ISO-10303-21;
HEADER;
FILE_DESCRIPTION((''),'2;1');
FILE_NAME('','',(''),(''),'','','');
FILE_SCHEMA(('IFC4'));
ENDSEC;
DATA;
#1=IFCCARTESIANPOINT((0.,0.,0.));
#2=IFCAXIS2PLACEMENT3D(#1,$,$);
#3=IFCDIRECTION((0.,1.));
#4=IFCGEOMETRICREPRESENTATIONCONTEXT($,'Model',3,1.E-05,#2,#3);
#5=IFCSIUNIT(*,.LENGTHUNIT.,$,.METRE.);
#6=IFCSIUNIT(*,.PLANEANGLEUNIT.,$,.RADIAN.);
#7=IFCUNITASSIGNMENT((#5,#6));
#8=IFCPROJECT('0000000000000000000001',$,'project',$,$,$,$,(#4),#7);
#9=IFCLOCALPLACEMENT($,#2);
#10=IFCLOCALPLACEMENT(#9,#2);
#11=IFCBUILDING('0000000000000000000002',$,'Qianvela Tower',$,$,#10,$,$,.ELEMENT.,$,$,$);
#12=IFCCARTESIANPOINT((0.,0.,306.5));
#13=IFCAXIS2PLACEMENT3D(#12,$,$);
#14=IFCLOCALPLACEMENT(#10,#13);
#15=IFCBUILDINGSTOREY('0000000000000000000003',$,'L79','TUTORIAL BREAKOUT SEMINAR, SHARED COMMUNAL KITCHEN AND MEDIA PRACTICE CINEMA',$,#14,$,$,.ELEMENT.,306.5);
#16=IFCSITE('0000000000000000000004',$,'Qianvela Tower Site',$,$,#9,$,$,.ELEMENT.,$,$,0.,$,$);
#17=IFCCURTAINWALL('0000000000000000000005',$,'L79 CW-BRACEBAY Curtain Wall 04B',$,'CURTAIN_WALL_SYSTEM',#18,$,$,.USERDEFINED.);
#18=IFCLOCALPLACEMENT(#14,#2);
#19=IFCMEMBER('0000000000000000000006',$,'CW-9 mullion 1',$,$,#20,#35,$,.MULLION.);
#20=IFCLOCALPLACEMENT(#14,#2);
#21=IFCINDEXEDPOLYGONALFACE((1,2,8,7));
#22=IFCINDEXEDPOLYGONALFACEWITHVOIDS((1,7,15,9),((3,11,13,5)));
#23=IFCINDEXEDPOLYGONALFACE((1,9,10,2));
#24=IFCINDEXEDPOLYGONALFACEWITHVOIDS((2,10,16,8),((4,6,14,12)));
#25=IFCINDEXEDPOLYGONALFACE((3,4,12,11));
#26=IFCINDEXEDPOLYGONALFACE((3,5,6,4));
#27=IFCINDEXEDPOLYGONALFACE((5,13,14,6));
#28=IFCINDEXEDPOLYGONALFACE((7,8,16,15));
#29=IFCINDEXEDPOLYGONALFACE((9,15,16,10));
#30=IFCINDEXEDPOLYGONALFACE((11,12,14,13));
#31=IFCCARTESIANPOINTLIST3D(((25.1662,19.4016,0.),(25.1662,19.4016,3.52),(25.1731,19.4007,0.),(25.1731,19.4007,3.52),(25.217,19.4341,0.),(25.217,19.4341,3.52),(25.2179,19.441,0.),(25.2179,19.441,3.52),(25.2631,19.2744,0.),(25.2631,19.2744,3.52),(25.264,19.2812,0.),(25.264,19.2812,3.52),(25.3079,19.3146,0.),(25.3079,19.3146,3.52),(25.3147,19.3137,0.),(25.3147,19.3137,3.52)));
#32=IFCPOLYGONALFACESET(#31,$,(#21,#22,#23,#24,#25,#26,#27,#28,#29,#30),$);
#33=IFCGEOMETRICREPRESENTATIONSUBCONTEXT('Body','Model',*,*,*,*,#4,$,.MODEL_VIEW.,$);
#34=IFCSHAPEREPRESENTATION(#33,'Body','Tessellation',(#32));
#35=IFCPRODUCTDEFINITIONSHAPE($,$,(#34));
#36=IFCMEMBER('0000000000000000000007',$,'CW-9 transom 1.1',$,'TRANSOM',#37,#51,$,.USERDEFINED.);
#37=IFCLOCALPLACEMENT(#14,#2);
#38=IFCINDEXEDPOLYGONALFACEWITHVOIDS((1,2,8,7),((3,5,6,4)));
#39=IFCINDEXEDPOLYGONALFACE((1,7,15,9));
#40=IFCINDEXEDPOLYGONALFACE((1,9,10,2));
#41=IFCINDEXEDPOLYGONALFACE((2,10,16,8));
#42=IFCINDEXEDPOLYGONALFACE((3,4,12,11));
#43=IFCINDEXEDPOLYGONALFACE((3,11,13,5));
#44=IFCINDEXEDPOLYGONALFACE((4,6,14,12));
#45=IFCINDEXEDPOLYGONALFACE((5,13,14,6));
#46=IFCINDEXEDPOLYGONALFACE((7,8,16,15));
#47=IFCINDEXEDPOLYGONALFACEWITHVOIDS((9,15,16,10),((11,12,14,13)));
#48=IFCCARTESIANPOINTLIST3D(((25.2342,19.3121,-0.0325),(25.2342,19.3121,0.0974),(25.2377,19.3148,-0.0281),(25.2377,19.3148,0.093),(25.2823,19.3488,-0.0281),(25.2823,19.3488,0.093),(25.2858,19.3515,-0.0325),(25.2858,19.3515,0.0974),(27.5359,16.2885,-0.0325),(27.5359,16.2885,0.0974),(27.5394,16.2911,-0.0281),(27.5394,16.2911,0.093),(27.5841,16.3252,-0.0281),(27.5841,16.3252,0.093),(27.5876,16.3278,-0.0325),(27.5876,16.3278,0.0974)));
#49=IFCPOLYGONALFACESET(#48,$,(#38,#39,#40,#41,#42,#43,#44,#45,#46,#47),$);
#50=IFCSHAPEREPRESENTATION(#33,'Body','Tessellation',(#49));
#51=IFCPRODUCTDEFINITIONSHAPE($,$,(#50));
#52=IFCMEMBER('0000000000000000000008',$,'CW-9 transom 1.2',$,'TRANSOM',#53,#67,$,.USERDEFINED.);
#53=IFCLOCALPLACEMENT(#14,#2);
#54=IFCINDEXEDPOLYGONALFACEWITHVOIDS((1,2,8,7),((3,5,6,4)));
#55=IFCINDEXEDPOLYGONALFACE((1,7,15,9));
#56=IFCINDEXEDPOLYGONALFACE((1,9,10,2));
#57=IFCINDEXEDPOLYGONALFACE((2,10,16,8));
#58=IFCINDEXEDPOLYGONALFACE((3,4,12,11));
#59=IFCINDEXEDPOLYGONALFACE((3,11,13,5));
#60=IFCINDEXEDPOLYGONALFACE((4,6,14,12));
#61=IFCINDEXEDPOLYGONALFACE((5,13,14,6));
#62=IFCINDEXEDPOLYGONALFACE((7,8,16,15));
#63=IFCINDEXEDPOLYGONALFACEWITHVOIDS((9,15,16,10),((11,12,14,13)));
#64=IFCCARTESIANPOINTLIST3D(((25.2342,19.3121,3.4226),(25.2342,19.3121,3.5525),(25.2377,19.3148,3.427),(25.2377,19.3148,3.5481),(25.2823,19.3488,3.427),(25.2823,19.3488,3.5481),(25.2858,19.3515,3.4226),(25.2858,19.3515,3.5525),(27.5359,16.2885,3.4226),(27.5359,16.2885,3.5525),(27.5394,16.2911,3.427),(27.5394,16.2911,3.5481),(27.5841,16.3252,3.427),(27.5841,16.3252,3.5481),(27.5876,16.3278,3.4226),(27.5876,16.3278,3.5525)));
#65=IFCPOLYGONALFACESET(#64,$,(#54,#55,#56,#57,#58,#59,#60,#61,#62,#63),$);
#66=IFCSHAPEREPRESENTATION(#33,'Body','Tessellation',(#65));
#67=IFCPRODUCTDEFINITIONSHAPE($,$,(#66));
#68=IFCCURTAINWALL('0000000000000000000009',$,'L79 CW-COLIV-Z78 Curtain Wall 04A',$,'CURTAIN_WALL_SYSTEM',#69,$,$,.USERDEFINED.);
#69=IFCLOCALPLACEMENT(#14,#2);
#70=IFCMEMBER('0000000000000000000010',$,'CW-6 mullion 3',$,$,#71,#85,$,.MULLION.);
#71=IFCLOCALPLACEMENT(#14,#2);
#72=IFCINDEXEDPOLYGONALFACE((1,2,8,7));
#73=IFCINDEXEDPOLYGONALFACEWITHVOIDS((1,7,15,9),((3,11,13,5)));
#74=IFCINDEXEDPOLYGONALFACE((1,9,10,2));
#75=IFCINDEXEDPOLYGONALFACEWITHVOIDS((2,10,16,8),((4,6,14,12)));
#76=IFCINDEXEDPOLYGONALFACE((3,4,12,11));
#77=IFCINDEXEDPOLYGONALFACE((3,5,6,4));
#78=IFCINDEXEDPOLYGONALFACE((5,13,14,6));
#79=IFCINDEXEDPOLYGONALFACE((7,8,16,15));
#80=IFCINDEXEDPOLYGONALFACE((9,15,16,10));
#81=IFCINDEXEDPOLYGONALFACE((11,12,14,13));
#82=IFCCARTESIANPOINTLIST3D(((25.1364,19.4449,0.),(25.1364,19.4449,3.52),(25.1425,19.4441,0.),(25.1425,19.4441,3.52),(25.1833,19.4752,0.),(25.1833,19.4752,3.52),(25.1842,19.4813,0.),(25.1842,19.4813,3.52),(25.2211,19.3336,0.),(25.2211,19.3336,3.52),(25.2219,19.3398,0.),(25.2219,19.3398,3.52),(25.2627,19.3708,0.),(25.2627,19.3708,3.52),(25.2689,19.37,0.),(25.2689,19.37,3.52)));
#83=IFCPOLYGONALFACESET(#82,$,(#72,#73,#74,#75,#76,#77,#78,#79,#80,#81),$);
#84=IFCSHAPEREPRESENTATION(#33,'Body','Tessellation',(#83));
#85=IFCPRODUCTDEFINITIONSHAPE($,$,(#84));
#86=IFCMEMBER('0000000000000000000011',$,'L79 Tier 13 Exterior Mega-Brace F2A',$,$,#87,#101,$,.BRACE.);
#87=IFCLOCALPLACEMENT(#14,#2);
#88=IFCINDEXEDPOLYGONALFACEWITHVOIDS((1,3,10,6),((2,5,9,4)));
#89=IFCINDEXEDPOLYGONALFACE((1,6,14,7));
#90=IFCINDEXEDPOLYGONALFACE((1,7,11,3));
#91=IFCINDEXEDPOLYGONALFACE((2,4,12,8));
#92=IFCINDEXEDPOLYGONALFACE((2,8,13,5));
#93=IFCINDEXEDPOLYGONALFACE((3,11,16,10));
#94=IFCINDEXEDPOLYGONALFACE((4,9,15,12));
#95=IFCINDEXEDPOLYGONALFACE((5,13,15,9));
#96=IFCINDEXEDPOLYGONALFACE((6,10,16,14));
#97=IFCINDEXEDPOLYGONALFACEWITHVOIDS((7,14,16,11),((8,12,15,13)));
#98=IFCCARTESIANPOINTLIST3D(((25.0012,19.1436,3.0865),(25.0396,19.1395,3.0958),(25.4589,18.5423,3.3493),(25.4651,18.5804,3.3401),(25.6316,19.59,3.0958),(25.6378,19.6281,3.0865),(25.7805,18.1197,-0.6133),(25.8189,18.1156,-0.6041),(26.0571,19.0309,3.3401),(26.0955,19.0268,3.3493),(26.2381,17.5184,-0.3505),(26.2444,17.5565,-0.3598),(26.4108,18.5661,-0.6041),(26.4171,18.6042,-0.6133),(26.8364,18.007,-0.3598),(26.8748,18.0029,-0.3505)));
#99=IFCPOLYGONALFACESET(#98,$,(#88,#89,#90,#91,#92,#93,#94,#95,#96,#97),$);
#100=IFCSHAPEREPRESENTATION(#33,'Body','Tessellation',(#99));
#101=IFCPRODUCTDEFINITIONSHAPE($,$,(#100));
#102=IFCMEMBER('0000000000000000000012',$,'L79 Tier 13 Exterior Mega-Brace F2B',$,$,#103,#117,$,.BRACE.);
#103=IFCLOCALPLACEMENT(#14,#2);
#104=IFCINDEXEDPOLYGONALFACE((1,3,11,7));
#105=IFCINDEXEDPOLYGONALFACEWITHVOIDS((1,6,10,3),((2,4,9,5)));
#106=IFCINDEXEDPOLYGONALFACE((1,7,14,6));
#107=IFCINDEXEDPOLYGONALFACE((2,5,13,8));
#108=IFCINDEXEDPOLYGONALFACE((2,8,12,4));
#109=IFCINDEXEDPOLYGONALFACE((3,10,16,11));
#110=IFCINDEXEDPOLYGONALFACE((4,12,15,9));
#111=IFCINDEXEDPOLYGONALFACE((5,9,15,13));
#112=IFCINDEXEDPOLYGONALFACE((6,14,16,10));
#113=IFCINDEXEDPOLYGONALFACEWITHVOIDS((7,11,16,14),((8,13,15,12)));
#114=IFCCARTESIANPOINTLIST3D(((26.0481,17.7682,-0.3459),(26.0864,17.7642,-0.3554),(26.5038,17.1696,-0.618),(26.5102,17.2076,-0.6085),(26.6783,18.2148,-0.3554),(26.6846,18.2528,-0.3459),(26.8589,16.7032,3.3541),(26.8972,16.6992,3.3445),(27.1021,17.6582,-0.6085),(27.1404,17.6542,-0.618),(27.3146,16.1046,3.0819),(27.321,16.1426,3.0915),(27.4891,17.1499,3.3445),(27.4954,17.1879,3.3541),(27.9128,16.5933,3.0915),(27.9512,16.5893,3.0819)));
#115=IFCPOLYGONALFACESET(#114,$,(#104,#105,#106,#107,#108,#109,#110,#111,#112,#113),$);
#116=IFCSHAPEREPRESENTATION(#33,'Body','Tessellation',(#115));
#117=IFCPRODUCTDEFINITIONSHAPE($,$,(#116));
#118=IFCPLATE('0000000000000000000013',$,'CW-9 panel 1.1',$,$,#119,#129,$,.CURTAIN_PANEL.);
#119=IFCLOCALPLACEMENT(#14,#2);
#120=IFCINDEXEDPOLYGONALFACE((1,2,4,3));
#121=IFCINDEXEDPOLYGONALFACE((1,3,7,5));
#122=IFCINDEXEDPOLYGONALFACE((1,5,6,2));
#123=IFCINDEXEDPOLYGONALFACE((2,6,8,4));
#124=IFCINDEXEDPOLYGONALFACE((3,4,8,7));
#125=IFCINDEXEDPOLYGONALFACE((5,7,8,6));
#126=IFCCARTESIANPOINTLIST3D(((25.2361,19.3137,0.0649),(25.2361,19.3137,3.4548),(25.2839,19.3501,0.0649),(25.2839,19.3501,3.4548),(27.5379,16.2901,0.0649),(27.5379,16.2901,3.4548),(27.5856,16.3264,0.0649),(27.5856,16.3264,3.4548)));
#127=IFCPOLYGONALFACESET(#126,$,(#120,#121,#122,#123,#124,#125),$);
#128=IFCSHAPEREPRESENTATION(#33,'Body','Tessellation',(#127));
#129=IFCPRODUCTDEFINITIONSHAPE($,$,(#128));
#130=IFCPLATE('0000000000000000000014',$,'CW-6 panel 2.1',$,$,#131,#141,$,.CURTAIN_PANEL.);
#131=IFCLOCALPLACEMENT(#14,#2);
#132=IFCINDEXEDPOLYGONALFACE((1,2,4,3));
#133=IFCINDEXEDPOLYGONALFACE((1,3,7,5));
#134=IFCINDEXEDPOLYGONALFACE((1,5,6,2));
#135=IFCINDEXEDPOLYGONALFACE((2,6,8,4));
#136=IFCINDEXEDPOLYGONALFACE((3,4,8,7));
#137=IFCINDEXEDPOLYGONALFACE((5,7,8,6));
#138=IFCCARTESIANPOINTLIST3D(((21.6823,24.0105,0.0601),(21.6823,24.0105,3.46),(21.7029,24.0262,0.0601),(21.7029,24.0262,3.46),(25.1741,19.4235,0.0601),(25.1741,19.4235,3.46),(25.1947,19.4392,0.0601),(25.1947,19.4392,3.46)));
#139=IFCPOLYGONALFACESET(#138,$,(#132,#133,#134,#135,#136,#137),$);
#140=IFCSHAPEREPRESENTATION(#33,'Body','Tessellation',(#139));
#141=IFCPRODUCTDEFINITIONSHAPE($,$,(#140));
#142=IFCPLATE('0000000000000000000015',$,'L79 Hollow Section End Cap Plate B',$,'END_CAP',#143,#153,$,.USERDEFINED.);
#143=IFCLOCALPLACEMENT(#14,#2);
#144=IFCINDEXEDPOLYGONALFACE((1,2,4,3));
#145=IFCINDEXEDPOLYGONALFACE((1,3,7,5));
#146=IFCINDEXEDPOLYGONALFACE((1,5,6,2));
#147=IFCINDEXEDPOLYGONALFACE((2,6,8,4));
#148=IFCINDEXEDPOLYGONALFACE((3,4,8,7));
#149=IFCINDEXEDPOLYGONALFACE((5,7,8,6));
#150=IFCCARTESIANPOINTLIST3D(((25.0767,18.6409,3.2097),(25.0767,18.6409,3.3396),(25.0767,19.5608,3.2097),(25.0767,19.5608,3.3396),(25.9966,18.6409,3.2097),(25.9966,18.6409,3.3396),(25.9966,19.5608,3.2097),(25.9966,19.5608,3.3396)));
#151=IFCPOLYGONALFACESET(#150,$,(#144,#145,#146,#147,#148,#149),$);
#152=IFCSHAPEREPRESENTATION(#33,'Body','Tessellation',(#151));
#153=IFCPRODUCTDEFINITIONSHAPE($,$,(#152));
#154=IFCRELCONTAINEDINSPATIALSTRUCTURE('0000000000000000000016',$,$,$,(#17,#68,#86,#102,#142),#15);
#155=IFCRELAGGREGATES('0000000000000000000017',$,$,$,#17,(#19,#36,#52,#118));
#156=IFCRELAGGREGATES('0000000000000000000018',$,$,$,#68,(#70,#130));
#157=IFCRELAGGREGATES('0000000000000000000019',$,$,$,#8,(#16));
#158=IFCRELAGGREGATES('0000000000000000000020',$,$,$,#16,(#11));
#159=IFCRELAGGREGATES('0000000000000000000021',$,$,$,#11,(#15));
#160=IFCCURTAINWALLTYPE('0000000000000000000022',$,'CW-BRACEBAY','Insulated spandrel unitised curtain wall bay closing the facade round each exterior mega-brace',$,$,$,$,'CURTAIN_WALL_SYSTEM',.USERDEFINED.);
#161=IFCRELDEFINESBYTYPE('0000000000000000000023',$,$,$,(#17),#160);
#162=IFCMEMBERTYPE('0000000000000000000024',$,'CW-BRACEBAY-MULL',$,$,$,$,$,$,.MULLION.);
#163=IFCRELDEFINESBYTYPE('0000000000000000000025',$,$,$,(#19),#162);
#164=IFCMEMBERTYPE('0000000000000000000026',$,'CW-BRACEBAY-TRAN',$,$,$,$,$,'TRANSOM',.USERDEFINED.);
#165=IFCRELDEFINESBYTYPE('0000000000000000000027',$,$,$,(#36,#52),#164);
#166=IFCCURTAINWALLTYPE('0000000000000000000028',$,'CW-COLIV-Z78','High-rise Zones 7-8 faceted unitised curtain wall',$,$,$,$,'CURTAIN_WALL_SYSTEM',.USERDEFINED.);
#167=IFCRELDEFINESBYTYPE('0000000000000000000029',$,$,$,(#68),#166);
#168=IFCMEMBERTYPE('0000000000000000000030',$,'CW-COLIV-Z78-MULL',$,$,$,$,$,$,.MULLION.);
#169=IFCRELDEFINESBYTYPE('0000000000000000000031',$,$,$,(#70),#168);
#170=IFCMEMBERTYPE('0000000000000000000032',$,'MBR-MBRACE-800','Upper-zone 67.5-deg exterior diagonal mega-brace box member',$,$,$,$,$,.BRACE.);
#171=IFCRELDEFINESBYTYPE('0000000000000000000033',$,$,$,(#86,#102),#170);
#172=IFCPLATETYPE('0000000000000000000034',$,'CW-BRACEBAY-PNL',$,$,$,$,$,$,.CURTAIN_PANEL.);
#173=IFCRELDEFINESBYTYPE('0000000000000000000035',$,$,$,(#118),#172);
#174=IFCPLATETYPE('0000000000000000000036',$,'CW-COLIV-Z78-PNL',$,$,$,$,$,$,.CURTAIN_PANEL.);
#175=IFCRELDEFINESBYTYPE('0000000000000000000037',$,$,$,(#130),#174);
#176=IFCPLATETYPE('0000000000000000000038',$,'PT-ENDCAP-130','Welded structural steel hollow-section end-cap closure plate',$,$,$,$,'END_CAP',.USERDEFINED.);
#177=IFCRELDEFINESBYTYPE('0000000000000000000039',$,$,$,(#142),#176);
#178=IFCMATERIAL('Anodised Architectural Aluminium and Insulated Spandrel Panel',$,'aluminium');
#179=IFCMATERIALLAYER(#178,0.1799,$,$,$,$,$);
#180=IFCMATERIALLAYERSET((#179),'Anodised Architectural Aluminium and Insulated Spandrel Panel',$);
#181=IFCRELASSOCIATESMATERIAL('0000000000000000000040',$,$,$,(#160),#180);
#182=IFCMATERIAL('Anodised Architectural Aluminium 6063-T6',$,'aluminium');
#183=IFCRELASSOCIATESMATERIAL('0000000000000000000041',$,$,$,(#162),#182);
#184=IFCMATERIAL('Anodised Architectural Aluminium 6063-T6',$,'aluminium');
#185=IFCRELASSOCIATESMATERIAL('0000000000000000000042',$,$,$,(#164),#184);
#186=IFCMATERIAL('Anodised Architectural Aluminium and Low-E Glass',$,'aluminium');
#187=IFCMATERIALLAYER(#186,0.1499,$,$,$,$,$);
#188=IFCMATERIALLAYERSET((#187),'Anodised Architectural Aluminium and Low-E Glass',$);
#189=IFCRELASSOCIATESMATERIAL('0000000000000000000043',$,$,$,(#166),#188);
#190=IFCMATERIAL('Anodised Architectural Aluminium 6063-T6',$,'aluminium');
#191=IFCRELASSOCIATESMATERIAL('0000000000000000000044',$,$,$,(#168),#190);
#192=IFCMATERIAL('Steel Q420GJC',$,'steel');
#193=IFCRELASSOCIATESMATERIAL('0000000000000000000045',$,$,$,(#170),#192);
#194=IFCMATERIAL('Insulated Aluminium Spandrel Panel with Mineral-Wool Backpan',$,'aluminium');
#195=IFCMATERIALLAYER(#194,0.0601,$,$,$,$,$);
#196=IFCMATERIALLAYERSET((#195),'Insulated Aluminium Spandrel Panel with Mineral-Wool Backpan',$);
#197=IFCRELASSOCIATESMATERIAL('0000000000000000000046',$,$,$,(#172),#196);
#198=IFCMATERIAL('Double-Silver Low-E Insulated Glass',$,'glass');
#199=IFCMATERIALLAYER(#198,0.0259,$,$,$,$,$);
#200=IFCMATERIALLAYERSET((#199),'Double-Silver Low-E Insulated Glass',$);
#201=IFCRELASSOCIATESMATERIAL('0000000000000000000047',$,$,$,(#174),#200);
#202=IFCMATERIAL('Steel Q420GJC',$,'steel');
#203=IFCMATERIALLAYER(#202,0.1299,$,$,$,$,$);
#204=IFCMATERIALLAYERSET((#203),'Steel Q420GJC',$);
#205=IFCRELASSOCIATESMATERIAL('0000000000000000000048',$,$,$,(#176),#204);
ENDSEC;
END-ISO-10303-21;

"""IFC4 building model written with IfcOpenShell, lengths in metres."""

from ifc_helpers import new_model, si_unit, direction, frame, origin, origin_2d, place, context, subcontext, project, spatial, rectangle, hollow_rectangle, extrude, material, layer, layer_set, material_profile, profile_set, type_object, element, aggregate, save


model = new_model("IFC4")

# Units and contexts
model_context = context("Model", 3, precision=1e-05, world=origin(), true_north=direction((0.0, 1.0)))
body_context = subcontext(model_context, "Body", "Model", "MODEL_VIEW")
ifc_project = project(units=[si_unit("LENGTHUNIT", "METRE"), si_unit("PLANEANGLEUNIT", "RADIAN")], contexts=[model_context])

# Site, building, storey
site_placement = place(None, origin())
site = spatial("IfcSite", under=ifc_project, at=site_placement, Name="Qianvela Tower Site", CompositionType="ELEMENT", RefElevation=0.0)
building_placement = place(site_placement, origin())
building = spatial("IfcBuilding", under=site, at=building_placement, Name="Qianvela Tower", CompositionType="ELEMENT")
storey_placement = place(building_placement, frame((0.0, 0.0, 306.5)))
storey = spatial("IfcBuildingStorey", under=building, at=storey_placement, Name="L79", Description="TUTORIAL BREAKOUT SEMINAR, SHARED COMMUNAL KITCHEN AND MEDIA PRACTICE CINEMA", CompositionType="ELEMENT", Elevation=306.5)

# Curtain wall, members
ifc_material_1 = material(Name="Anodised Architectural Aluminium and Insulated Spandrel Panel", Category="aluminium")
ifc_layer_1 = layer(ifc_material_1, 0.1799)
ifc_layer_set_1 = layer_set([ifc_layer_1], Name="Anodised Architectural Aluminium and Insulated Spandrel Panel")
curtain_wall_type_1 = type_object("IfcCurtainWallType", Name="CW-BRACEBAY", Description="Insulated spandrel unitised curtain wall bay closing the facade round each exterior mega-brace", ElementType="CURTAIN_WALL_SYSTEM", PredefinedType="USERDEFINED", material=ifc_layer_set_1)
curtain_wall_1_placement = place(storey_placement, origin())
curtain_wall_1 = element("IfcCurtainWall", 1, at=curtain_wall_1_placement, inside=storey, type_object=curtain_wall_type_1, Name="L79 CW-BRACEBAY Curtain Wall 04B", ObjectType="CURTAIN_WALL_SYSTEM", PredefinedType="USERDEFINED")
ifc_material_2 = material(Name="Anodised Architectural Aluminium 6063-T6", Category="aluminium")
ifc_material_profile_1 = material_profile(ifc_material_2, hollow_rectangle(XDim=0.0649, YDim=0.1599, WallThickness=0.0049, at=origin_2d()), Name="ALU-MULL-65x160")
ifc_profile_set_1 = profile_set([ifc_material_profile_1], Name="Anodised Architectural Aluminium 6063-T6")
member_type_1 = type_object("IfcMemberType", Name="CW-BRACEBAY-MULL", PredefinedType="MULLION", material=ifc_profile_set_1)
member_1_placement = place(storey_placement, frame((25.2405, 19.3577, 0.0), z_axis=(0.0, 0.0, 1.0), x_axis=(0.795686, 0.605709, 0.0)))
member_1 = element("IfcMember", 2, at=member_1_placement, type_object=member_type_1, Name="CW-9 mullion 1", PredefinedType="MULLION", context=body_context, shape_type="SweptSolid", body=[
    extrude(hollow_rectangle(XDim=0.0649, YDim=0.1599, WallThickness=0.0049, at=origin_2d()), origin(), (0.0, 0.0, 1.0), 3.52),
])
ifc_material_3 = material(Name="Anodised Architectural Aluminium 6063-T6", Category="aluminium")
ifc_material_profile_2 = material_profile(ifc_material_3, hollow_rectangle(XDim=0.0649, YDim=0.1299, WallThickness=0.0044, at=origin_2d()), Name="ALU-TRAN-65x130")
ifc_profile_set_2 = profile_set([ifc_material_profile_2], Name="Anodised Architectural Aluminium 6063-T6")
member_type_2 = type_object("IfcMemberType", Name="CW-BRACEBAY-TRAN", ElementType="TRANSOM", PredefinedType="USERDEFINED", material=ifc_profile_set_2)
member_2_placement = place(storey_placement, frame((25.26, 19.3318, 0.0325), z_axis=(0.60571, -0.795685, 0.0), x_axis=(0.795685, 0.60571, 0.0)))
member_2 = element("IfcMember", 3, at=member_2_placement, type_object=member_type_2, Name="CW-9 transom 1.1", ObjectType="TRANSOM", PredefinedType="USERDEFINED", context=body_context, shape_type="SweptSolid", body=[
    extrude(hollow_rectangle(XDim=0.0649, YDim=0.1299, WallThickness=0.0044, at=origin_2d()), origin(), (0.0, 0.0, 1.0), 3.8),
])
member_3_placement = place(storey_placement, frame((25.26, 19.3318, 3.4875), z_axis=(0.60571, -0.795685, 0.0), x_axis=(0.795685, 0.60571, 0.0)))
member_3 = element("IfcMember", 4, at=member_3_placement, type_object=member_type_2, Name="CW-9 transom 1.2", ObjectType="TRANSOM", PredefinedType="USERDEFINED", context=body_context, shape_type="SweptSolid", body=[
    extrude(hollow_rectangle(XDim=0.0649, YDim=0.1299, WallThickness=0.0044, at=origin_2d()), origin(), (0.0, 0.0, 1.0), 3.8),
])

# Curtain wall, member
ifc_material_4 = material(Name="Anodised Architectural Aluminium and Low-E Glass", Category="aluminium")
ifc_layer_2 = layer(ifc_material_4, 0.1499)
ifc_layer_set_2 = layer_set([ifc_layer_2], Name="Anodised Architectural Aluminium and Low-E Glass")
curtain_wall_type_2 = type_object("IfcCurtainWallType", Name="CW-COLIV-Z78", Description="High-rise Zones 7-8 faceted unitised curtain wall", ElementType="CURTAIN_WALL_SYSTEM", PredefinedType="USERDEFINED", material=ifc_layer_set_2)
curtain_wall_2_placement = place(storey_placement, origin())
curtain_wall_2 = element("IfcCurtainWall", 5, at=curtain_wall_2_placement, inside=storey, type_object=curtain_wall_type_2, Name="L79 CW-COLIV-Z78 Curtain Wall 04A", ObjectType="CURTAIN_WALL_SYSTEM", PredefinedType="USERDEFINED")
ifc_material_5 = material(Name="Anodised Architectural Aluminium 6063-T6", Category="aluminium")
ifc_material_profile_3 = material_profile(ifc_material_5, hollow_rectangle(XDim=0.0601, YDim=0.1399, WallThickness=0.0044, at=origin_2d()), Name="ALU-MULL-60x140")
ifc_profile_set_3 = profile_set([ifc_material_profile_3], Name="Anodised Architectural Aluminium 6063-T6")
member_type_3 = type_object("IfcMemberType", Name="CW-COLIV-Z78-MULL", PredefinedType="MULLION", material=ifc_profile_set_3)
member_4_placement = place(storey_placement, frame((25.2026, 19.4075, 0.0), z_axis=(0.0, 0.0, 1.0), x_axis=(0.795689, 0.605706, 0.0)))
member_4 = element("IfcMember", 6, at=member_4_placement, type_object=member_type_3, Name="CW-6 mullion 3", PredefinedType="MULLION", context=body_context, shape_type="SweptSolid", body=[
    extrude(hollow_rectangle(XDim=0.0601, YDim=0.1399, WallThickness=0.0044, at=origin_2d()), origin(), (0.0, 0.0, 1.0), 3.52),
])

# Members
ifc_material_6 = material(Name="Steel Q420GJC", Category="steel")
ifc_material_profile_4 = material_profile(ifc_material_6, hollow_rectangle(XDim=0.8, YDim=0.8, WallThickness=0.0281, at=origin_2d()), Name="MBOX-800x800x28")
ifc_profile_set_4 = profile_set([ifc_material_profile_4], Name="Steel Q420GJC")
member_type_4 = type_object("IfcMemberType", Name="MBR-MBRACE-800", Description="Upper-zone 67.5-deg exterior diagonal mega-brace box member", PredefinedType="BRACE", material=ifc_profile_set_4)
member_5_placement = place(storey_placement, frame((26.3276, 18.0613, -0.4819), z_axis=(-0.198936, 0.261385, 0.944512), x_axis=(-0.795745, -0.605632, 0.0)))
element("IfcMember", 7, at=member_5_placement, inside=storey, type_object=member_type_4, Name="L79 Tier 13 Exterior Mega-Brace F2A", PredefinedType="BRACE", context=body_context, shape_type="SweptSolid", body=[
    extrude(hollow_rectangle(XDim=0.8, YDim=0.8, WallThickness=0.0281, at=origin_2d()), origin(), (0.0, 0.0, 1.0), 3.9172),
])
member_6_placement = place(storey_placement, frame((26.5942, 17.7112, -0.4819), z_axis=(0.206067, -0.27066, 0.940361), x_axis=(0.795645, 0.605763, 0.0)))
element("IfcMember", 8, at=member_6_placement, inside=storey, type_object=member_type_4, Name="L79 Tier 13 Exterior Mega-Brace F2B", PredefinedType="BRACE", context=body_context, shape_type="SweptSolid", body=[
    extrude(hollow_rectangle(XDim=0.8, YDim=0.8, WallThickness=0.0281, at=origin_2d()), origin(), (0.0, 0.0, 1.0), 3.9346),
])

# Plates
ifc_material_7 = material(Name="Insulated Aluminium Spandrel Panel with Mineral-Wool Backpan", Category="aluminium")
ifc_layer_3 = layer(ifc_material_7, 0.0601)
ifc_layer_set_3 = layer_set([ifc_layer_3], Name="Insulated Aluminium Spandrel Panel with Mineral-Wool Backpan")
plate_type_1 = type_object("IfcPlateType", Name="CW-BRACEBAY-PNL", PredefinedType="CURTAIN_PANEL", material=ifc_layer_set_3)
plate_1_placement = place(storey_placement, frame((26.4109, 17.8201, 0.0649), z_axis=(0.0, 0.0, 1.0), x_axis=(0.605709, -0.795686, 0.0)))
plate_1 = element("IfcPlate", 9, at=plate_1_placement, type_object=plate_type_1, Name="CW-9 panel 1.1", PredefinedType="CURTAIN_PANEL", context=body_context, shape_type="SweptSolid", body=[
    extrude(rectangle(XDim=3.8, YDim=0.0601, at=origin_2d()), origin(), (0.0, 0.0, 1.0), 3.3899),
])
aggregate(curtain_wall_1, [member_1, member_2, member_3, plate_1])
ifc_material_8 = material(Name="Double-Silver Low-E Insulated Glass", Category="glass")
ifc_layer_4 = layer(ifc_material_8, 0.0259)
ifc_layer_set_4 = layer_set([ifc_layer_4], Name="Double-Silver Low-E Insulated Glass")
plate_type_2 = type_object("IfcPlateType", Name="CW-COLIV-Z78-PNL", PredefinedType="CURTAIN_PANEL", material=ifc_layer_set_4)
plate_2_placement = place(storey_placement, frame((23.4385, 21.7249, 0.0601), z_axis=(0.0, 0.0, 1.0), x_axis=(0.605706, -0.795689, 0.0)))
plate_2 = element("IfcPlate", 10, at=plate_2_placement, type_object=plate_type_2, Name="CW-6 panel 2.1", PredefinedType="CURTAIN_PANEL", context=body_context, shape_type="SweptSolid", body=[
    extrude(rectangle(XDim=5.7649, YDim=0.0259, at=origin_2d()), origin(), (0.0, 0.0, 1.0), 3.3999),
])
aggregate(curtain_wall_2, [member_4, plate_2])
ifc_material_9 = material(Name="Steel Q420GJC", Category="steel")
ifc_layer_5 = layer(ifc_material_9, 0.1299)
ifc_layer_set_5 = layer_set([ifc_layer_5], Name="Steel Q420GJC")
plate_type_3 = type_object("IfcPlateType", Name="PT-ENDCAP-130", Description="Welded structural steel hollow-section end-cap closure plate", ElementType="END_CAP", PredefinedType="USERDEFINED", material=ifc_layer_set_5)
plate_3_placement = place(storey_placement, frame((25.5366, 19.1008, 3.2097), z_axis=(0.0, 0.0, 1.0), x_axis=(1.0, 0.0, 0.0)))
element("IfcPlate", 11, at=plate_3_placement, inside=storey, type_object=plate_type_3, Name="L79 Hollow Section End Cap Plate B", ObjectType="END_CAP", PredefinedType="USERDEFINED", context=body_context, shape_type="SweptSolid", body=[
    extrude(rectangle(XDim=0.9199, YDim=0.9199, at=origin_2d()), origin(), (0.0, 0.0, 1.0), 0.1299),
])

save(model, "model.ifc")
